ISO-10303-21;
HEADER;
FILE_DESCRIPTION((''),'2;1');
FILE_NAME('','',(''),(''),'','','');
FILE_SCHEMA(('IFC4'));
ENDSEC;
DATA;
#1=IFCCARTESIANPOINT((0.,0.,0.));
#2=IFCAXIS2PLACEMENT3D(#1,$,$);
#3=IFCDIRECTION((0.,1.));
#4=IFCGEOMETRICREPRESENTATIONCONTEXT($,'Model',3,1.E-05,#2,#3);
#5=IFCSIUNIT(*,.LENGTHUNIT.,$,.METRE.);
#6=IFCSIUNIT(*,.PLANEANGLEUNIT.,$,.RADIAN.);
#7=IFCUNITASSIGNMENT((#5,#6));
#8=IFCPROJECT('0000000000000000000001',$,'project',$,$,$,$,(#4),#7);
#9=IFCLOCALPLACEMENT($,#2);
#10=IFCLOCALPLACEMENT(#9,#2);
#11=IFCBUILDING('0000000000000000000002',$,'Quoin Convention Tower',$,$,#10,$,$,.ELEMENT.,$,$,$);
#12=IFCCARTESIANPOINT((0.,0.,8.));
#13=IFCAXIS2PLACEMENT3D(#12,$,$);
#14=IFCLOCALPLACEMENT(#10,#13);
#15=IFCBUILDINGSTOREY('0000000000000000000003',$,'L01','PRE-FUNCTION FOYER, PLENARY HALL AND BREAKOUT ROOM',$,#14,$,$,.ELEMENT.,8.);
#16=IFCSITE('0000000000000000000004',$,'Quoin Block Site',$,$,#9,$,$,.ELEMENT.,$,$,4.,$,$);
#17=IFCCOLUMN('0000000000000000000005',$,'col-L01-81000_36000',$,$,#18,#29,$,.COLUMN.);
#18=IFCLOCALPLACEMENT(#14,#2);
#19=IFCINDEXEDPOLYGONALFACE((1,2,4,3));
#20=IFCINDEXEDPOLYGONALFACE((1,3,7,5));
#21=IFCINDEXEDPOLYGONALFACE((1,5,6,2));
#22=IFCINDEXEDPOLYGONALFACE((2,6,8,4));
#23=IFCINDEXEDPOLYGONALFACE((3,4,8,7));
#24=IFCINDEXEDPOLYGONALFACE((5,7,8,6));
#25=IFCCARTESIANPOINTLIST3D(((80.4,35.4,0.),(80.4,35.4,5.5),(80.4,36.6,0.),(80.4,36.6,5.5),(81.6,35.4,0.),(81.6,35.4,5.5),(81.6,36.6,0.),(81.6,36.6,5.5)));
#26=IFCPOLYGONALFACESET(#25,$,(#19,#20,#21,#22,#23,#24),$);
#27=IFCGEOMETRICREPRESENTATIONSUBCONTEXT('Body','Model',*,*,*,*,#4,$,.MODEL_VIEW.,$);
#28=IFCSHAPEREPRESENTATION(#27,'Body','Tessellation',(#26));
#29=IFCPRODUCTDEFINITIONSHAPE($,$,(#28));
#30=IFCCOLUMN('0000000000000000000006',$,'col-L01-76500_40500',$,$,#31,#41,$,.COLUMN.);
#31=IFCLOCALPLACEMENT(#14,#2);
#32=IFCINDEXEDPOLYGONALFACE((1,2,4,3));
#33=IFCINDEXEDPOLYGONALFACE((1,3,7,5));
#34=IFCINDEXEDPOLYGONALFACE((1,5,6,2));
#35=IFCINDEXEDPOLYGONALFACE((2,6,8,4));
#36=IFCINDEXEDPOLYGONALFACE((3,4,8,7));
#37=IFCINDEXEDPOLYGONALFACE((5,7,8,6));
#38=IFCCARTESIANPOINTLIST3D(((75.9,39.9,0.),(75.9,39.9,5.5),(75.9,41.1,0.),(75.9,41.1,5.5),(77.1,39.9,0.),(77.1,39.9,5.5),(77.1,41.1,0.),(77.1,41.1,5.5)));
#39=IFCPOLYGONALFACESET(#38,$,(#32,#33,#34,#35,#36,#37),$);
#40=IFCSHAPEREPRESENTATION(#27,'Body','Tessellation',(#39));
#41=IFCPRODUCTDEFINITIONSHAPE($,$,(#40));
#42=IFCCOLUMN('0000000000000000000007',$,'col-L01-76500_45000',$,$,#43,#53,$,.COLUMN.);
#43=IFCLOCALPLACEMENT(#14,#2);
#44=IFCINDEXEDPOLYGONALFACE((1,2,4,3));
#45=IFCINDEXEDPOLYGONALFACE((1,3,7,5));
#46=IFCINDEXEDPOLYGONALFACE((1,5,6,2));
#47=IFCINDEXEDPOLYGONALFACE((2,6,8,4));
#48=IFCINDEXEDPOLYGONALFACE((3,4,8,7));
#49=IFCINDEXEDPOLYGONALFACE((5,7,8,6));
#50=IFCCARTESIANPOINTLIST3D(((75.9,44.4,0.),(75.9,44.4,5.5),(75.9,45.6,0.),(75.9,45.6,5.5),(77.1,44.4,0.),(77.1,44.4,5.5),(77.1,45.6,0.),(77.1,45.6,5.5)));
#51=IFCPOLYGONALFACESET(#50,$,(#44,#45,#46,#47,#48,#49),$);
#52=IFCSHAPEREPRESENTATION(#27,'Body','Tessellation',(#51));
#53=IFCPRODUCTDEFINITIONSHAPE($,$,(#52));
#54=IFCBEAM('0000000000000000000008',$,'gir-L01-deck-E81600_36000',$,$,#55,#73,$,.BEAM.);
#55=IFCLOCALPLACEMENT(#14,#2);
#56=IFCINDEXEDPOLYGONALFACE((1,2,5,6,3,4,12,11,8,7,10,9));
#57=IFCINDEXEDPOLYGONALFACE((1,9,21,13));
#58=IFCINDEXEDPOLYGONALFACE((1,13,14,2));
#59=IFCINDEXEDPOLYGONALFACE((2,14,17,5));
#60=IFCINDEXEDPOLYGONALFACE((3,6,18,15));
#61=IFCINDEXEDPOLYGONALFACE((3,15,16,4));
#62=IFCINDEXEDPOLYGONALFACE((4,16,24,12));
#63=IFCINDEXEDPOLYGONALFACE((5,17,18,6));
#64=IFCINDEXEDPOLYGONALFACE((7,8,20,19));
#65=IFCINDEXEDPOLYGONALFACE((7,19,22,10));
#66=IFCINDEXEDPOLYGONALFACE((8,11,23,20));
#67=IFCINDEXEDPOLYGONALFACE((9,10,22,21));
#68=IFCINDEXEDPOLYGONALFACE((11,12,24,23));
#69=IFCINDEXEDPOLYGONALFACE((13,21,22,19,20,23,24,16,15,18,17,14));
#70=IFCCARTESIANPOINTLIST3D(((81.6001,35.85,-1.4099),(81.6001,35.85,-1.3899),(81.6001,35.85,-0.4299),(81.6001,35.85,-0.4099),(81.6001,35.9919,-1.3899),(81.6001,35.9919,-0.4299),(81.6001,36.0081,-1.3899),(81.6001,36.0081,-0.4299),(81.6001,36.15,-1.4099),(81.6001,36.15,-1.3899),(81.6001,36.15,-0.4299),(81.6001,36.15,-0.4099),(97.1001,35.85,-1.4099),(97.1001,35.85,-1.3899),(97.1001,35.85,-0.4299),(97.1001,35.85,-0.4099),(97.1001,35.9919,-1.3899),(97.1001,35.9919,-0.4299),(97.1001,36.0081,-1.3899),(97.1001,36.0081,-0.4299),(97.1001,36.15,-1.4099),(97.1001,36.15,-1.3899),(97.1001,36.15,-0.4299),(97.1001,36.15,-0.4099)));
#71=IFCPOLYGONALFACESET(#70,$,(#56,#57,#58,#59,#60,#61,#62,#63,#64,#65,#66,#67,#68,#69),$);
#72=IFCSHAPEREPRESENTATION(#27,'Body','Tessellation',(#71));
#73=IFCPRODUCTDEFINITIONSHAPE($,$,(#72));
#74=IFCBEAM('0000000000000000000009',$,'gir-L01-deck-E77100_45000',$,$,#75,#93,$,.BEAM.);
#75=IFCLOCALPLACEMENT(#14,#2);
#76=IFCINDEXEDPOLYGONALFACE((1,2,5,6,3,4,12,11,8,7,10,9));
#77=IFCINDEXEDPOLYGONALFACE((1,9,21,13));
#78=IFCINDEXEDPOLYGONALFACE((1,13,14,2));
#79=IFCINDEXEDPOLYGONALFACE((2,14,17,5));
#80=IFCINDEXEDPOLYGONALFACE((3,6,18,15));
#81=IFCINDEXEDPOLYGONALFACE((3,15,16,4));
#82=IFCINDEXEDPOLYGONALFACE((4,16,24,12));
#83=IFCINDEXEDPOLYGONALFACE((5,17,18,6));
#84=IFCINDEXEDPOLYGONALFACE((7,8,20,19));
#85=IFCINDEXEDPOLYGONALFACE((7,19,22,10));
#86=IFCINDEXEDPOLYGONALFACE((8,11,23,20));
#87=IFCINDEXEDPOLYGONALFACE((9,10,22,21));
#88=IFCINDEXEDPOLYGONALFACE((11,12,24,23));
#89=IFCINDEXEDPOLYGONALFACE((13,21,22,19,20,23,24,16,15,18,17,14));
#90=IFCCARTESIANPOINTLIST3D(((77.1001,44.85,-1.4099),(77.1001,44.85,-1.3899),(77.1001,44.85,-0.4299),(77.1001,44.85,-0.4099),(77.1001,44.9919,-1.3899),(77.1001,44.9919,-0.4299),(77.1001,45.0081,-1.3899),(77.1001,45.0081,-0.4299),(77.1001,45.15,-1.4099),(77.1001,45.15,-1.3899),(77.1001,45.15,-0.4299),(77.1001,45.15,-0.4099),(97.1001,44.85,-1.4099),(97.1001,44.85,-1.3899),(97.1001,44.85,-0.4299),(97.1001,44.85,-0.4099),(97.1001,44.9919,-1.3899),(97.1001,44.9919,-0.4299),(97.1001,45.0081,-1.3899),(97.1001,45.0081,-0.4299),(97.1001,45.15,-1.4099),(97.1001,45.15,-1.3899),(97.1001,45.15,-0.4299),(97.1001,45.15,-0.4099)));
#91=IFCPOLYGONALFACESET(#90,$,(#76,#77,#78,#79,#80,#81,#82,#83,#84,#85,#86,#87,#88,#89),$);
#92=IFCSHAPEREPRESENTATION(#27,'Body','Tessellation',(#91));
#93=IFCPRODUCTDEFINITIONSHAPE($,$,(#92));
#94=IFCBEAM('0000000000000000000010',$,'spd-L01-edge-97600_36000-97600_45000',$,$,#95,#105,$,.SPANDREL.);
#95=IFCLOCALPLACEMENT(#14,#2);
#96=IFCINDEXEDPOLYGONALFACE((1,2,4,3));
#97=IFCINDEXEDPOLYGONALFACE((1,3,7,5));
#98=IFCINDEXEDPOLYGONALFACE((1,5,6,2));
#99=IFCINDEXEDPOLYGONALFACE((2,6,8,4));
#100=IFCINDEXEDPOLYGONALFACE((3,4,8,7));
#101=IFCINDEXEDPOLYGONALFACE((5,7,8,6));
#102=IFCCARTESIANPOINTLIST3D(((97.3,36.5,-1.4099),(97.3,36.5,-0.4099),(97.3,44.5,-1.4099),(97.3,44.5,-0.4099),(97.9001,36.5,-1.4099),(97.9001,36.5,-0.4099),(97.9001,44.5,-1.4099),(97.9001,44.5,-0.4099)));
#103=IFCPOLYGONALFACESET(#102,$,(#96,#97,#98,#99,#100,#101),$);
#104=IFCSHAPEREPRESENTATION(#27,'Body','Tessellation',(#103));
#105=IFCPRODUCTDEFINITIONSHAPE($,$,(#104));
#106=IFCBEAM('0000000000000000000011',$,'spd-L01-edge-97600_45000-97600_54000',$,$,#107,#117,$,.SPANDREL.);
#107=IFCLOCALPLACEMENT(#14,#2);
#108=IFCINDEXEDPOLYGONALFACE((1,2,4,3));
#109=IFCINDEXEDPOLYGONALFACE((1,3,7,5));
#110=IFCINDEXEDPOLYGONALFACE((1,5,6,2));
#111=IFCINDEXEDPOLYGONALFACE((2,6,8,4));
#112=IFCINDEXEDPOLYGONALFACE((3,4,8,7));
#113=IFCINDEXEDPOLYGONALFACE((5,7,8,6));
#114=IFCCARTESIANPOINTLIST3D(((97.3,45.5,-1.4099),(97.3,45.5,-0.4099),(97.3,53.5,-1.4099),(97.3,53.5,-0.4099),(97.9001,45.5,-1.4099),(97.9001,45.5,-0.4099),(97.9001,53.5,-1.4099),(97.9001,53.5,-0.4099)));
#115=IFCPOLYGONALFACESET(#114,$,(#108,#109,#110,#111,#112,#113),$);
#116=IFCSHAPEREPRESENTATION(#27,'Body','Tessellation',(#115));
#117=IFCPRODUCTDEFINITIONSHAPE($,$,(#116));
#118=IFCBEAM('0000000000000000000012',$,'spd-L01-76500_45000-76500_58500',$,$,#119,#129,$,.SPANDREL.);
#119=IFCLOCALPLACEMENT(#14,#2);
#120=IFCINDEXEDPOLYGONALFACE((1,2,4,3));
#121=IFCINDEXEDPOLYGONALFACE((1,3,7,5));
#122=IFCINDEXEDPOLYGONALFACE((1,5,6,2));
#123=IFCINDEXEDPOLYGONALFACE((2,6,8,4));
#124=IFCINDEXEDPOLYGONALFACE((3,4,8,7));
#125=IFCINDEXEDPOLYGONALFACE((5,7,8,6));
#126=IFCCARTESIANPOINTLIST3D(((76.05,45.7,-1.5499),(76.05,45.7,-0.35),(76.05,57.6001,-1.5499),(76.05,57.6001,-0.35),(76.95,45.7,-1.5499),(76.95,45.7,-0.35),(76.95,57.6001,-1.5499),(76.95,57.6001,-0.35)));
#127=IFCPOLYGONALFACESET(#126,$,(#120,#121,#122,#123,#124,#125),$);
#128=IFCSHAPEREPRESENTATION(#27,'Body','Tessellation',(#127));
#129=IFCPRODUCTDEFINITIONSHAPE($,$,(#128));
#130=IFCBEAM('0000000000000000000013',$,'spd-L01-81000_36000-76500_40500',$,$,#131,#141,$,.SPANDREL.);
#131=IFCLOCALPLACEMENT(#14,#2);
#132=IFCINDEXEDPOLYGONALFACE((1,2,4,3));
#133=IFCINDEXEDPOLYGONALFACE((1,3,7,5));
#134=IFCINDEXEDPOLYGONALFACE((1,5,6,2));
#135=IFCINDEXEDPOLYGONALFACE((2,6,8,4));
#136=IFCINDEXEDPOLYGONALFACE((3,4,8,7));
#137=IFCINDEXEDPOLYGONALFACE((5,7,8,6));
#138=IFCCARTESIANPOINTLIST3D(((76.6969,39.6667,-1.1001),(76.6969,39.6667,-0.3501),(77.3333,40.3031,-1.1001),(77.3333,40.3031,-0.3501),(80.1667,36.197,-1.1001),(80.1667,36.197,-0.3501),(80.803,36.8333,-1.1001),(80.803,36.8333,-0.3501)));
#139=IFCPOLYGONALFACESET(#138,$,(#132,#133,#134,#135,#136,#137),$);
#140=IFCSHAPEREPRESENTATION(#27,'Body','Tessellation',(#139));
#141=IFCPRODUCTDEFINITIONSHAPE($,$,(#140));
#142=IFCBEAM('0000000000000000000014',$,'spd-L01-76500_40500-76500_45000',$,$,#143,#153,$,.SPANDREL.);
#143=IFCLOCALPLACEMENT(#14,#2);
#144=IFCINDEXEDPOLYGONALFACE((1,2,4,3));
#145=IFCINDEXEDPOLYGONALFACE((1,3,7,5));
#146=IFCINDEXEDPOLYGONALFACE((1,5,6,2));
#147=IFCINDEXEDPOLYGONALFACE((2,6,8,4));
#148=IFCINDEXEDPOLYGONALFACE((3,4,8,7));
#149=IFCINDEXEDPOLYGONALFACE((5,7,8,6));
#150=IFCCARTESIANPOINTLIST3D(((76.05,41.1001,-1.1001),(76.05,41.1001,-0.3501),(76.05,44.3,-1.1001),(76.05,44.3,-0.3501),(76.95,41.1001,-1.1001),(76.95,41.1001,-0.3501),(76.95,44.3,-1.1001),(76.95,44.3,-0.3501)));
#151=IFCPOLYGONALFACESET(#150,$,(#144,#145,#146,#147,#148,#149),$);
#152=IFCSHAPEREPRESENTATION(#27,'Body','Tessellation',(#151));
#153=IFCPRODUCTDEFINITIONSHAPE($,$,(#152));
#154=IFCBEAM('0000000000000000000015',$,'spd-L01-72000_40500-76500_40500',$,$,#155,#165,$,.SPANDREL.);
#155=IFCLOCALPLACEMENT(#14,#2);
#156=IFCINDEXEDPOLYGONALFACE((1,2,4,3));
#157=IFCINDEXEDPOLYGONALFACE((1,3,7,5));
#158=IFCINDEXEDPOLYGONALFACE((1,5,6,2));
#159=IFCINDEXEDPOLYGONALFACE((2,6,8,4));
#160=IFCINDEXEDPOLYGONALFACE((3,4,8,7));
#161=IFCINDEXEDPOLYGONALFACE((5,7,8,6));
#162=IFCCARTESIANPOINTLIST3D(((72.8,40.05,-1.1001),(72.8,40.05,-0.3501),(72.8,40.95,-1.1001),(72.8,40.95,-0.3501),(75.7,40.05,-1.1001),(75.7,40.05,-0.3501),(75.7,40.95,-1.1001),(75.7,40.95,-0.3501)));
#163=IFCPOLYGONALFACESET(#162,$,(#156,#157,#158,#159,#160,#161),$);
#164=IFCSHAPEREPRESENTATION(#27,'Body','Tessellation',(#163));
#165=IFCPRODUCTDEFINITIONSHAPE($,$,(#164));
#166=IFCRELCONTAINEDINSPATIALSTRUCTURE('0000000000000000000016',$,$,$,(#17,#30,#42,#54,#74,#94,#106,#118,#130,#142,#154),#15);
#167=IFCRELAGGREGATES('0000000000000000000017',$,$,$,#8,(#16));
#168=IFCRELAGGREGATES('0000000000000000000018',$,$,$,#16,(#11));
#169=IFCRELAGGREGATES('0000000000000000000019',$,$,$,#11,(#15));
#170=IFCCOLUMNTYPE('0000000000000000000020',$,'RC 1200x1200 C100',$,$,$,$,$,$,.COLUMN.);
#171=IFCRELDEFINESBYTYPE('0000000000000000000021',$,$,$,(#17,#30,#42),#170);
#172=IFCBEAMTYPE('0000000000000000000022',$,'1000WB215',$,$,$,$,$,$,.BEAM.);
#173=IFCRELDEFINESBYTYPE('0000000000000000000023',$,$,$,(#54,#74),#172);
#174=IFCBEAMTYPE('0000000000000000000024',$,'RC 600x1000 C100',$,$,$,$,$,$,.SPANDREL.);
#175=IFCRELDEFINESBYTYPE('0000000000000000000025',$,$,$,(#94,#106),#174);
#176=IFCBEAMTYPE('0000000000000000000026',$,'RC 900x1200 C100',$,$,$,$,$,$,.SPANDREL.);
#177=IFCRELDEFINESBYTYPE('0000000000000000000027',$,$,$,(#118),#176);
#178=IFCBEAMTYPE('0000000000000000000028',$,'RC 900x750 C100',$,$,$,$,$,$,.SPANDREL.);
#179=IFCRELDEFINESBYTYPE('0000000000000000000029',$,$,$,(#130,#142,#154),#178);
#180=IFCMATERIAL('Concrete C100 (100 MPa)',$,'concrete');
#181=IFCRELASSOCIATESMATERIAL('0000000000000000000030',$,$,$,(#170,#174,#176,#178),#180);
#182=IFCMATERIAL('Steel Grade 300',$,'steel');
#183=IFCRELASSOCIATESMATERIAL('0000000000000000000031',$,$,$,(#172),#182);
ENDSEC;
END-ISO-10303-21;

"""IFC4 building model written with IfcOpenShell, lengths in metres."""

from ifc_helpers import new_model, si_unit, direction, frame, origin, origin_2d, place, context, subcontext, project, spatial, rectangle, i_section, extrude, material, material_profile, profile_set, type_object, element, save


model = new_model("IFC4")

# Units and contexts
model_context = context("Model", 3, precision=1e-05, world=origin(), true_north=direction((0.0, 1.0)))
body_context = subcontext(model_context, "Body", "Model", "MODEL_VIEW")
ifc_project = project(units=[si_unit("LENGTHUNIT", "METRE"), si_unit("PLANEANGLEUNIT", "RADIAN")], contexts=[model_context])

# Site, building, storey
site_placement = place(None, origin())
site = spatial("IfcSite", under=ifc_project, at=site_placement, Name="Quoin Block Site", CompositionType="ELEMENT", RefElevation=4.0)
building_placement = place(site_placement, origin())
building = spatial("IfcBuilding", under=site, at=building_placement, Name="Quoin Convention Tower", CompositionType="ELEMENT")
storey_placement = place(building_placement, frame((0.0, 0.0, 8.0)))
storey = spatial("IfcBuildingStorey", under=building, at=storey_placement, Name="L01", Description="PRE-FUNCTION FOYER, PLENARY HALL AND BREAKOUT ROOM", CompositionType="ELEMENT", Elevation=8.0)

# Columns
ifc_material_1 = material(Name="Concrete C100 (100 MPa)", Category="concrete")
ifc_material_profile_1 = material_profile(ifc_material_1, rectangle(XDim=1.2, YDim=1.2, at=origin_2d()), Name="RC 1200x1200")
ifc_profile_set_1 = profile_set([ifc_material_profile_1], Name="Concrete C100 (100 MPa)")
column_type = type_object("IfcColumnType", Name="RC 1200x1200 C100", PredefinedType="COLUMN", material=ifc_profile_set_1)
for number, where, z_axis, x_axis, name in (
    (1, (81.0, 36.0, 0.0), (0.0, 0.0, 1.0), (1.0, 0.0, 0.0), "col-L01-81000_36000"),
    (2, (76.5, 40.5, 0.0), (0.0, 0.0, 1.0), (1.0, 0.0, 0.0), "col-L01-76500_40500"),
    (3, (76.5, 45.0, 0.0), (0.0, 0.0, 1.0), (1.0, 0.0, 0.0), "col-L01-76500_45000"),
):
    element("IfcColumn", number, at=place(storey_placement, frame(where, z_axis=z_axis, x_axis=x_axis)), inside=storey, type_object=column_type, Name=name, PredefinedType="COLUMN", context=body_context, shape_type="SweptSolid", body=[
        extrude(rectangle(XDim=1.2, YDim=1.2, at=origin_2d()), origin(), (0.0, 0.0, 1.0), 5.5),
    ])

# Beams
ifc_material_2 = material(Name="Steel Grade 300", Category="steel")
ifc_material_profile_2 = material_profile(ifc_material_2, i_section(OverallWidth=0.3, OverallDepth=1.0, WebThickness=0.0161, FlangeThickness=0.02, at=origin_2d()), Name="1000WB215")
ifc_profile_set_2 = profile_set([ifc_material_profile_2], Name="Steel Grade 300")
beam_type_1 = type_object("IfcBeamType", Name="1000WB215", PredefinedType="BEAM", material=ifc_profile_set_2)
beam_1_placement = place(storey_placement, frame((81.6001, 36.0, -0.9099), z_axis=(1.0, 0.0, 0.0), x_axis=(0.0, 1.0, 0.0)))
element("IfcBeam", 4, at=beam_1_placement, inside=storey, type_object=beam_type_1, Name="gir-L01-deck-E81600_36000", PredefinedType="BEAM", context=body_context, shape_type="SweptSolid", body=[
    extrude(i_section(OverallWidth=0.3, OverallDepth=1.0, WebThickness=0.0161, FlangeThickness=0.02, at=origin_2d()), origin(), (0.0, 0.0, 1.0), 15.5),
])
beam_2_placement = place(storey_placement, frame((77.1001, 45.0, -0.9099), z_axis=(1.0, 0.0, 0.0), x_axis=(0.0, 1.0, 0.0)))
element("IfcBeam", 5, at=beam_2_placement, inside=storey, type_object=beam_type_1, Name="gir-L01-deck-E77100_45000", PredefinedType="BEAM", context=body_context, shape_type="SweptSolid", body=[
    extrude(i_section(OverallWidth=0.3, OverallDepth=1.0, WebThickness=0.0161, FlangeThickness=0.02, at=origin_2d()), origin(), (0.0, 0.0, 1.0), 20.0),
])
ifc_material_profile_3 = material_profile(ifc_material_1, rectangle(XDim=0.6001, YDim=1.0, at=origin_2d()), Name="RC 600x1000")
ifc_profile_set_3 = profile_set([ifc_material_profile_3], Name="Concrete C100 (100 MPa)")
beam_type_2 = type_object("IfcBeamType", Name="RC 600x1000 C100", PredefinedType="SPANDREL", material=ifc_profile_set_3)
for number, where, z_axis, x_axis, name in (
    (6, (97.6001, 36.5, -0.9099), (0.0, 1.0, 0.0), (-1.0, 0.0, 0.0), "spd-L01-edge-97600_36000-97600_45000"),
    (7, (97.6001, 45.5, -0.9099), (0.0, 1.0, 0.0), (-1.0, 0.0, 0.0), "spd-L01-edge-97600_45000-97600_54000"),
):
    element("IfcBeam", number, at=place(storey_placement, frame(where, z_axis=z_axis, x_axis=x_axis)), inside=storey, type_object=beam_type_2, Name=name, PredefinedType="SPANDREL", context=body_context, shape_type="SweptSolid", body=[
        extrude(rectangle(XDim=0.6001, YDim=1.0, at=origin_2d()), origin(), (0.0, 0.0, 1.0), 8.0),
    ])
ifc_material_profile_4 = material_profile(ifc_material_1, rectangle(XDim=0.8999, YDim=1.2, at=origin_2d()), Name="RC 900x1200")
ifc_profile_set_4 = profile_set([ifc_material_profile_4], Name="Concrete C100 (100 MPa)")
beam_type_3 = type_object("IfcBeamType", Name="RC 900x1200 C100", PredefinedType="SPANDREL", material=ifc_profile_set_4)
beam_3_placement = place(storey_placement, frame((76.5, 45.7, -0.95), z_axis=(0.0, 1.0, 0.0), x_axis=(-1.0, 0.0, 0.0)))
element("IfcBeam", 8, at=beam_3_placement, inside=storey, type_object=beam_type_3, Name="spd-L01-76500_45000-76500_58500", PredefinedType="SPANDREL", context=body_context, shape_type="SweptSolid", body=[
    extrude(rectangle(XDim=0.8999, YDim=1.2, at=origin_2d()), origin(), (0.0, 0.0, 1.0), 11.9001),
])
ifc_material_profile_5 = material_profile(ifc_material_1, rectangle(XDim=0.8999, YDim=0.75, at=origin_2d()), Name="RC 900x750")
ifc_profile_set_5 = profile_set([ifc_material_profile_5], Name="Concrete C100 (100 MPa)")
beam_type_4 = type_object("IfcBeamType", Name="RC 900x750 C100", PredefinedType="SPANDREL", material=ifc_profile_set_5)
beam_4_placement = place(storey_placement, frame((80.4849, 36.5151, -0.7251), z_axis=(-0.707107, 0.707107, 0.0), x_axis=(-0.707107, -0.707107, 0.0)))
element("IfcBeam", 9, at=beam_4_placement, inside=storey, type_object=beam_type_4, Name="spd-L01-81000_36000-76500_40500", PredefinedType="SPANDREL", context=body_context, shape_type="SweptSolid", body=[
    extrude(rectangle(XDim=0.8999, YDim=0.75, at=origin_2d()), origin(), (0.0, 0.0, 1.0), 4.907),
])
beam_5_placement = place(storey_placement, frame((76.5, 41.1001, -0.7251), z_axis=(0.0, 1.0, 0.0), x_axis=(-1.0, 0.0, 0.0)))
element("IfcBeam", 10, at=beam_5_placement, inside=storey, type_object=beam_type_4, Name="spd-L01-76500_40500-76500_45000", PredefinedType="SPANDREL", context=body_context, shape_type="SweptSolid", body=[
    extrude(rectangle(XDim=0.8999, YDim=0.75, at=origin_2d()), origin(), (0.0, 0.0, 1.0), 3.2),
])
beam_6_placement = place(storey_placement, frame((72.8, 40.5, -0.7251), z_axis=(1.0, 0.0, 0.0), x_axis=(0.0, 1.0, 0.0)))
element("IfcBeam", 11, at=beam_6_placement, inside=storey, type_object=beam_type_4, Name="spd-L01-72000_40500-76500_40500", PredefinedType="SPANDREL", context=body_context, shape_type="SweptSolid", body=[
    extrude(rectangle(XDim=0.8999, YDim=0.75, at=origin_2d()), origin(), (0.0, 0.0, 1.0), 2.8999),
])

save(model, "model.ifc")
